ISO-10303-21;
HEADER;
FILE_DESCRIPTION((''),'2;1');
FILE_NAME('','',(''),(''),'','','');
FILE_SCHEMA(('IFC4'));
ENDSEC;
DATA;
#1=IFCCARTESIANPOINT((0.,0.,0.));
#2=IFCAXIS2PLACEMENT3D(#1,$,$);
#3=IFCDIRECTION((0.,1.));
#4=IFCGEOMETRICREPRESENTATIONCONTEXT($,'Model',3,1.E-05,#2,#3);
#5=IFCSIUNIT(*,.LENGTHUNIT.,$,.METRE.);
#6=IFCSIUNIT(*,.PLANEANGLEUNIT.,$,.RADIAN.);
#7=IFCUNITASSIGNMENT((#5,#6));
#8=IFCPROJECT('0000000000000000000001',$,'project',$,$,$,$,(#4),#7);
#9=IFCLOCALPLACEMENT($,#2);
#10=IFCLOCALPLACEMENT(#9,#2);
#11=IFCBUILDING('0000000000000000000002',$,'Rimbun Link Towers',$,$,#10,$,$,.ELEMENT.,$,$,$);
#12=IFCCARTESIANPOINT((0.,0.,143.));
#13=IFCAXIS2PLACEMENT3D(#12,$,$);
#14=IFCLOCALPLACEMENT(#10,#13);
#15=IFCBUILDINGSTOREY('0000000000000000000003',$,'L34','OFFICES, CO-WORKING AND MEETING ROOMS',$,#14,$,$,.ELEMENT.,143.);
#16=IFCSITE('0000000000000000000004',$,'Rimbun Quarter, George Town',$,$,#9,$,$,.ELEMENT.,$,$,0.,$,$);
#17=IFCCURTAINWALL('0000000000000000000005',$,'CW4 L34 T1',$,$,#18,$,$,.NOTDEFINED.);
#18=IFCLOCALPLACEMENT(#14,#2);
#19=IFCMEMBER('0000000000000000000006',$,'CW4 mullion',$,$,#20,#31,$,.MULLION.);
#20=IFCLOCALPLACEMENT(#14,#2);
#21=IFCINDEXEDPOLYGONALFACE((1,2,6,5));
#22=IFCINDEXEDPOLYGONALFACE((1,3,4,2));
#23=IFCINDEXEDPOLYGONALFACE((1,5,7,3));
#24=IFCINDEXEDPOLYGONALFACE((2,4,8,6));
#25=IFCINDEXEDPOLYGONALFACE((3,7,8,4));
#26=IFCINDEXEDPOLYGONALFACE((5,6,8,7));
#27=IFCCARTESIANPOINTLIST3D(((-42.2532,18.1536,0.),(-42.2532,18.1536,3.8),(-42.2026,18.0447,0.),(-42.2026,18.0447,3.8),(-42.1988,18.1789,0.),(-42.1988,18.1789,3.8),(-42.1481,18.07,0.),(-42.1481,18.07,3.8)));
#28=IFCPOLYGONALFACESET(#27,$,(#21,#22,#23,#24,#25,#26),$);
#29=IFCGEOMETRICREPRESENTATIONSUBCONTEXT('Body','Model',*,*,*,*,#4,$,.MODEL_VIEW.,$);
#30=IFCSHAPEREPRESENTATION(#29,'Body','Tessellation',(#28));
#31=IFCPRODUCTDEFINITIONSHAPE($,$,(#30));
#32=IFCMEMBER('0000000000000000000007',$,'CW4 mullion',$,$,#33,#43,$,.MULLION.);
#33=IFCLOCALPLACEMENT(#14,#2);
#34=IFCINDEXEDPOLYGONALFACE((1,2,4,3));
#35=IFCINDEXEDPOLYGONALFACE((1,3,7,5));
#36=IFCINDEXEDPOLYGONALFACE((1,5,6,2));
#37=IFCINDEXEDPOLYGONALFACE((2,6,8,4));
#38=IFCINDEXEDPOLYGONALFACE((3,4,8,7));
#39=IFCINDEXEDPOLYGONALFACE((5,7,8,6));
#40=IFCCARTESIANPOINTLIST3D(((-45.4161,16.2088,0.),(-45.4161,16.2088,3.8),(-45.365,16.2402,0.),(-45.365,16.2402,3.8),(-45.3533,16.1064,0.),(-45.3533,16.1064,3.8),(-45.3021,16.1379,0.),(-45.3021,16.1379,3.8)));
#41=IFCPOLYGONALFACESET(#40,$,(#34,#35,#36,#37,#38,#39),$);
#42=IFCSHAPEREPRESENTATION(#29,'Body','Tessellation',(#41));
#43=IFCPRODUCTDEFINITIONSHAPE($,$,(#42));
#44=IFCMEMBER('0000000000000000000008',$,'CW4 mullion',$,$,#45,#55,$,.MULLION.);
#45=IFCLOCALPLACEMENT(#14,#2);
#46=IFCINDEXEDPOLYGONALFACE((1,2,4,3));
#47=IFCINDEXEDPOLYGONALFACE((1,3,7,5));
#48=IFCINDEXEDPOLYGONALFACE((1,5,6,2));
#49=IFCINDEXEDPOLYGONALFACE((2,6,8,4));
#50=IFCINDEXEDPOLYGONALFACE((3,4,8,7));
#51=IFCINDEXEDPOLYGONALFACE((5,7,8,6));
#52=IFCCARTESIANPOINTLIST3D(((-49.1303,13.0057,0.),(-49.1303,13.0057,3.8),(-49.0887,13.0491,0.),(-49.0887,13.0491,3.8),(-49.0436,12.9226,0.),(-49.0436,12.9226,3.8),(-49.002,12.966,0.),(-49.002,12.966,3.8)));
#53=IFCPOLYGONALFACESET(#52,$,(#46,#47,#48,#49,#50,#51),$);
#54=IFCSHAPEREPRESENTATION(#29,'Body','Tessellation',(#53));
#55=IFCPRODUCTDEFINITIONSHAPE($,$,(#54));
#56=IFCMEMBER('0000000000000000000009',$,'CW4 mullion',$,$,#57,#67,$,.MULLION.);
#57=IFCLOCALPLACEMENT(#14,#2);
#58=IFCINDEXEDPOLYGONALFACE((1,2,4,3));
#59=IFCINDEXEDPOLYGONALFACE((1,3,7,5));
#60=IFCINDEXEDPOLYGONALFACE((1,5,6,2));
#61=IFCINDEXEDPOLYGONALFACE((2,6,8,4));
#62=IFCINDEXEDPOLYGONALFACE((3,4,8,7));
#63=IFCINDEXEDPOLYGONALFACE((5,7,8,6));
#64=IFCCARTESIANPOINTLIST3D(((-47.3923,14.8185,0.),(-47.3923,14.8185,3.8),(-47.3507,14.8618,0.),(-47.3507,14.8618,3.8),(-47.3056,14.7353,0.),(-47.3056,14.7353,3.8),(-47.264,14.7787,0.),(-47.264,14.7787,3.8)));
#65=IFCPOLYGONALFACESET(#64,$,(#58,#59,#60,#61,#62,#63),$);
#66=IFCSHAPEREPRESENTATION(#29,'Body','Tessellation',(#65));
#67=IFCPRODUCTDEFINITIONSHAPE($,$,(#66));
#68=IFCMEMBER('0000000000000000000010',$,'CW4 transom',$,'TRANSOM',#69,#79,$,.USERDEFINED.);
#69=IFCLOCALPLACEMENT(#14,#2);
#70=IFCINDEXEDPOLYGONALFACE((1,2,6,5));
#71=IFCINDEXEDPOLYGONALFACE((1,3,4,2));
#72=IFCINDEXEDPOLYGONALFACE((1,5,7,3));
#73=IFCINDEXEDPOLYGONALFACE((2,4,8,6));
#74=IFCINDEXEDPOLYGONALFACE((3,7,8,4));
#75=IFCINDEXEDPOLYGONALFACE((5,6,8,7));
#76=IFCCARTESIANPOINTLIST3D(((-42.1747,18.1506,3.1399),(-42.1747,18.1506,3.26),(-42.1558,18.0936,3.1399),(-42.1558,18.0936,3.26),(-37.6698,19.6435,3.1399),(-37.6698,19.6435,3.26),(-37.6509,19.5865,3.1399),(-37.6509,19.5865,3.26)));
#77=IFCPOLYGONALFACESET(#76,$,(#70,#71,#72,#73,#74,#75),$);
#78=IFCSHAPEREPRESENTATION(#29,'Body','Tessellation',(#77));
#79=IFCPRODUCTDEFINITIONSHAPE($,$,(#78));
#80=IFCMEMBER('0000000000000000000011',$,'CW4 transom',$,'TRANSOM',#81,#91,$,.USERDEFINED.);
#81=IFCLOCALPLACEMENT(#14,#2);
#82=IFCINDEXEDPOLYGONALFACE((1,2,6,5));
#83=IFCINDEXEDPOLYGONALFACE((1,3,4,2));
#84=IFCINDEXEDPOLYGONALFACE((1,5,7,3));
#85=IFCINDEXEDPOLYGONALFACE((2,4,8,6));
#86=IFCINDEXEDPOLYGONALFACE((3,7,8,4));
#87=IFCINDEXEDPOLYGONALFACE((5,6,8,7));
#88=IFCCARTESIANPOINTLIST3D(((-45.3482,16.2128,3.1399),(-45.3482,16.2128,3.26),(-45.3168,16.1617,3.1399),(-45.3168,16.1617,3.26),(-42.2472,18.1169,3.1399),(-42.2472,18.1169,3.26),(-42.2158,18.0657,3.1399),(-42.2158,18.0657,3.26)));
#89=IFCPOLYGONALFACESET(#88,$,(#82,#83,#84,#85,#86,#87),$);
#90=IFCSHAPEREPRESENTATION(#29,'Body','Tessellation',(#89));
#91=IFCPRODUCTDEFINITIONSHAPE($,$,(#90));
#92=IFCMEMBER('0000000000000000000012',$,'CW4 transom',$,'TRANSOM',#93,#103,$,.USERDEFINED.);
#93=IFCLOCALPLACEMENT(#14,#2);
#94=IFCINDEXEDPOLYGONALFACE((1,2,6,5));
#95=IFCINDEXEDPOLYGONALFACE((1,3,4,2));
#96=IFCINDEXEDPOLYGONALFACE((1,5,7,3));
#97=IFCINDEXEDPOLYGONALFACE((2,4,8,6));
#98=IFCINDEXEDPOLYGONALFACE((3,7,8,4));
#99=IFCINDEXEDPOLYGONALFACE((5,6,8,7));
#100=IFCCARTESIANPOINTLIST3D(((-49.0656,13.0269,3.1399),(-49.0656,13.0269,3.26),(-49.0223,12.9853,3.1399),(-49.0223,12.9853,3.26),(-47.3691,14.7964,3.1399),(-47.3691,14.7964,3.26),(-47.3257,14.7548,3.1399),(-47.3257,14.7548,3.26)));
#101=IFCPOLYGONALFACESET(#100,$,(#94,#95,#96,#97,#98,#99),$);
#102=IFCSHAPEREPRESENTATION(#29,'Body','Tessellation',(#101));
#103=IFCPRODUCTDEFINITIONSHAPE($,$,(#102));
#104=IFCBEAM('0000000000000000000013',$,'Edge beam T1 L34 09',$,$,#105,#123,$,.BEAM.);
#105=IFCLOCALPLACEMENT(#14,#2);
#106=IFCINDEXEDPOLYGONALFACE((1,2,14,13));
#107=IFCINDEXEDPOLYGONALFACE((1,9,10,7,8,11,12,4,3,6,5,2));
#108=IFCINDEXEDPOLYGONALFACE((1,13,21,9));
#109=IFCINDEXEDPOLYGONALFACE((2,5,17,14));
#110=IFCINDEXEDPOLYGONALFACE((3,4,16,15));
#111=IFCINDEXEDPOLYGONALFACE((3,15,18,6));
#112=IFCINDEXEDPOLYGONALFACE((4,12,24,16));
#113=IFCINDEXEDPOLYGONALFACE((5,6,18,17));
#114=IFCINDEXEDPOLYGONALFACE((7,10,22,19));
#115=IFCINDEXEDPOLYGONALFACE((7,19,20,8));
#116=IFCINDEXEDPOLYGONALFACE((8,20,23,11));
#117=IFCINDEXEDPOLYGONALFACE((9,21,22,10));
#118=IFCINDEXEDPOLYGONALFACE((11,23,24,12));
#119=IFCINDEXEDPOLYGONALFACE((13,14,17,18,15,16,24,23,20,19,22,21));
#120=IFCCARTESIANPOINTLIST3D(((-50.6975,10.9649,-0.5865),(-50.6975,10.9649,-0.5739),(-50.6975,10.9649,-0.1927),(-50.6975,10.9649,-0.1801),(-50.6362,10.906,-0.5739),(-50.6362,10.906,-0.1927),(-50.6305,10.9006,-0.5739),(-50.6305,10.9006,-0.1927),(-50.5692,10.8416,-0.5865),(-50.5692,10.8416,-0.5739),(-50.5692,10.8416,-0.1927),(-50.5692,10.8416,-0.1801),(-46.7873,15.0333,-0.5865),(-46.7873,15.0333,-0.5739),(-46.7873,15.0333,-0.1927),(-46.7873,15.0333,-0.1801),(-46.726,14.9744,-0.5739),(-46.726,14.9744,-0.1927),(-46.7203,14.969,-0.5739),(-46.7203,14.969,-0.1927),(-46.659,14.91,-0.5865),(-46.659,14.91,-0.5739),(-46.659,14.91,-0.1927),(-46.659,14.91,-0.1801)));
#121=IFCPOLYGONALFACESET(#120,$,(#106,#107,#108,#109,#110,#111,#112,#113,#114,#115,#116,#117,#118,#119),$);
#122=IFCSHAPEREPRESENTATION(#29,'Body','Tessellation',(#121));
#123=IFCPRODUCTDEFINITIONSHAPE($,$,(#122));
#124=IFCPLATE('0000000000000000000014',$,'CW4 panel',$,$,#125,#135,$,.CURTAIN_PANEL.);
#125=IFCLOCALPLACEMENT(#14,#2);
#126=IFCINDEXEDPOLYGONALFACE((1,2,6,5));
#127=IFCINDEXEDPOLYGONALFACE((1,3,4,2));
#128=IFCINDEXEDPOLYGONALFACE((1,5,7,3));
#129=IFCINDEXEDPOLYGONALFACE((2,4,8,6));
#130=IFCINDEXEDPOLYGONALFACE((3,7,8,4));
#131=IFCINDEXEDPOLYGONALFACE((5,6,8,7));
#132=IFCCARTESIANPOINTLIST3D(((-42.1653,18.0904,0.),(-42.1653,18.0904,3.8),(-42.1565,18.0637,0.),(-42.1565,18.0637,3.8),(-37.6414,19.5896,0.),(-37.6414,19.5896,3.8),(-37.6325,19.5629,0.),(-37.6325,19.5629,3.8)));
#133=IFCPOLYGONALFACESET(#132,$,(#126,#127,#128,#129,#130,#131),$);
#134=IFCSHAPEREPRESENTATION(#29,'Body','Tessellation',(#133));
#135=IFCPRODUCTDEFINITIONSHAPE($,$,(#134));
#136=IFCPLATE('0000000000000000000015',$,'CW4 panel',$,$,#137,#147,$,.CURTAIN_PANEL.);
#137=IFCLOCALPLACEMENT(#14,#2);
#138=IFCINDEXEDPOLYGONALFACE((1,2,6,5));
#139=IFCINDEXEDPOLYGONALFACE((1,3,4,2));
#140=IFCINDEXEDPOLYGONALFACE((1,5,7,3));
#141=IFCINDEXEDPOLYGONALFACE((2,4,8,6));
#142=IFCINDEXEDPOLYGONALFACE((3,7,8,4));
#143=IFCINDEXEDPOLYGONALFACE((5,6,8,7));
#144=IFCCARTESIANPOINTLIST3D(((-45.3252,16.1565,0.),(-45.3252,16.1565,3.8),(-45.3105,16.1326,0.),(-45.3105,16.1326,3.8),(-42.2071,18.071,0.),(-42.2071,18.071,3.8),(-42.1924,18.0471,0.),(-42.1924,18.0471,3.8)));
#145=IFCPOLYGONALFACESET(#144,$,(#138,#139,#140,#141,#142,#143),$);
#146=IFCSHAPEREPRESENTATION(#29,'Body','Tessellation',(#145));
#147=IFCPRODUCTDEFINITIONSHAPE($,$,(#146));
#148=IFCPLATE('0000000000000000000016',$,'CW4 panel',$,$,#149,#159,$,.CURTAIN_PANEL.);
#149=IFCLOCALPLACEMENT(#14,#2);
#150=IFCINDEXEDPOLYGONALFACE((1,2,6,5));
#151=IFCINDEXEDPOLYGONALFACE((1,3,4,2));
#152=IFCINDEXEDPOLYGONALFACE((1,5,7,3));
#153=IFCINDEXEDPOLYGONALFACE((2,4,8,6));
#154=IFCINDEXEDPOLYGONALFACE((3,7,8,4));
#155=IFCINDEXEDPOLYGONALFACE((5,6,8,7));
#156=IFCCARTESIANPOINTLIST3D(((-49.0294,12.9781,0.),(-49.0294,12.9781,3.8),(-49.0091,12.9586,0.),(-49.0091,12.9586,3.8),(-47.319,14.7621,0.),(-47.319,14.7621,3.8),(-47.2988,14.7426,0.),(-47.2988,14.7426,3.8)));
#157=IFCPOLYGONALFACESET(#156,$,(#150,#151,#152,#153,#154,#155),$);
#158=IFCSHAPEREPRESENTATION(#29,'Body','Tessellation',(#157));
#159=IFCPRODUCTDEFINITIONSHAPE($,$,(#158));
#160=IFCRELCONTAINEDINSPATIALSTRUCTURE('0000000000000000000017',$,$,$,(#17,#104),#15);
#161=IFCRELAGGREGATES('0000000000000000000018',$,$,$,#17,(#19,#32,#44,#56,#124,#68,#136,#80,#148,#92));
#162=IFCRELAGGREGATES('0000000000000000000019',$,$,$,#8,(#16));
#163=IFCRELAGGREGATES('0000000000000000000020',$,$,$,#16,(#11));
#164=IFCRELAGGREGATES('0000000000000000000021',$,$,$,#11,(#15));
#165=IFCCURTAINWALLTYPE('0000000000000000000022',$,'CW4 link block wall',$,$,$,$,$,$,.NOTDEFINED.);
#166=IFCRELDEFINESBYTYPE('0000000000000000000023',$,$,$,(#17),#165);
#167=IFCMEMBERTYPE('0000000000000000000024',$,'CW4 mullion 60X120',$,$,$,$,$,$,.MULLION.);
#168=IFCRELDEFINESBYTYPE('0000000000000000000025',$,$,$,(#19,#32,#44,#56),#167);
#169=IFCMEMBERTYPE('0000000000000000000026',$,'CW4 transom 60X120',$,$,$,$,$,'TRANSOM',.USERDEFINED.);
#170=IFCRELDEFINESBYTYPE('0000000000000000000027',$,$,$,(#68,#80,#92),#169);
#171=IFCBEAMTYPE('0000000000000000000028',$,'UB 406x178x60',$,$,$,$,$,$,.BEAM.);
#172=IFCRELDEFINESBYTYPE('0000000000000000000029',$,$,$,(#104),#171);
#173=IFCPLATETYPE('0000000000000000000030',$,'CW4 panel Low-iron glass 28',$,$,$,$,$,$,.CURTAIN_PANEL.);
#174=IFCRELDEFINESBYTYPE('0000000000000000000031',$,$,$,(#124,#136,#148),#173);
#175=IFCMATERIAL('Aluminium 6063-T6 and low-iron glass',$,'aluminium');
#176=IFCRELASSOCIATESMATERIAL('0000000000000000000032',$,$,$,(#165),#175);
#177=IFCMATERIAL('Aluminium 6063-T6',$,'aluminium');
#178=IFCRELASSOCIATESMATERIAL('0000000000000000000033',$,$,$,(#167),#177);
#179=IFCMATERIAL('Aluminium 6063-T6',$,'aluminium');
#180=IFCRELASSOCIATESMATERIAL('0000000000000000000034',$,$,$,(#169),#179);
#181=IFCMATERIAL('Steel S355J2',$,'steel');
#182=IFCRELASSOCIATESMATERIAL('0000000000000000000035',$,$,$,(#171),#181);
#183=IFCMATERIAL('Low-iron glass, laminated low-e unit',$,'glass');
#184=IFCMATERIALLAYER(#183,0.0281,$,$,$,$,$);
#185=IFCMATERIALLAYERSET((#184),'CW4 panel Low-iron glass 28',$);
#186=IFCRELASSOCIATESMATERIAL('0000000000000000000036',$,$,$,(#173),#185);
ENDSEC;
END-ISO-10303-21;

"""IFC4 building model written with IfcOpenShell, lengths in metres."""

from ifc_helpers import new_model, si_unit, direction, frame, origin, origin_2d, place, context, subcontext, project, spatial, rectangle, i_section, extrude, material, layer, layer_set, material_profile, profile_set, type_object, element, aggregate, save


model = new_model("IFC4")

# Units and contexts
model_context = context("Model", 3, precision=1e-05, world=origin(), true_north=direction((0.0, 1.0)))
body_context = subcontext(model_context, "Body", "Model", "MODEL_VIEW")
ifc_project = project(units=[si_unit("LENGTHUNIT", "METRE"), si_unit("PLANEANGLEUNIT", "RADIAN")], contexts=[model_context])

# Site, building, storey
site_placement = place(None, origin())
site = spatial("IfcSite", under=ifc_project, at=site_placement, Name="Rimbun Quarter, George Town", CompositionType="ELEMENT", RefElevation=0.0)
building_placement = place(site_placement, origin())
building = spatial("IfcBuilding", under=site, at=building_placement, Name="Rimbun Link Towers", CompositionType="ELEMENT")
storey_placement = place(building_placement, frame((0.0, 0.0, 143.0)))
storey = spatial("IfcBuildingStorey", under=building, at=storey_placement, Name="L34", Description="OFFICES, CO-WORKING AND MEETING ROOMS", CompositionType="ELEMENT", Elevation=143.0)

# Curtain wall, members
ifc_material_1 = material(Name="Aluminium 6063-T6 and low-iron glass", Category="aluminium")
curtain_wall_type = type_object("IfcCurtainWallType", Name="CW4 link block wall", PredefinedType="NOTDEFINED", material=ifc_material_1)
curtain_wall_placement = place(storey_placement, origin())
curtain_wall = element("IfcCurtainWall", 1, at=curtain_wall_placement, inside=storey, type_object=curtain_wall_type, Name="CW4 L34 T1", PredefinedType="NOTDEFINED")
ifc_material_2 = material(Name="Aluminium 6063-T6", Category="aluminium")
ifc_material_profile_1 = material_profile(ifc_material_2, rectangle(XDim=0.1201, YDim=0.0601, at=origin_2d()), Name="MULLION 60X120")
ifc_profile_set_1 = profile_set([ifc_material_profile_1], Name="Aluminium 6063-T6")
member_type_1 = type_object("IfcMemberType", Name="CW4 mullion 60X120", PredefinedType="MULLION", material=ifc_profile_set_1)
member_1_placement = place(storey_placement, frame((-42.2007, 18.1118, 0.0), z_axis=(0.0, 0.0, 1.0), x_axis=(-0.421697, 0.906737, 0.0)))
member_1 = element("IfcMember", 2, at=member_1_placement, type_object=member_type_1, Name="CW4 mullion", PredefinedType="MULLION", context=body_context, shape_type="SweptSolid", body=[
    extrude(rectangle(XDim=0.1201, YDim=0.0601, at=origin_2d()), origin(), (0.0, 0.0, 1.0), 3.8),
])
member_2_placement = place(storey_placement, frame((-45.3591, 16.1733, 0.0), z_axis=(0.0, 0.0, 1.0), x_axis=(-0.523225, 0.852194, 0.0)))
member_2 = element("IfcMember", 3, at=member_2_placement, type_object=member_type_1, Name="CW4 mullion", PredefinedType="MULLION", context=body_context, shape_type="SweptSolid", body=[
    extrude(rectangle(XDim=0.1201, YDim=0.0601, at=origin_2d()), origin(), (0.0, 0.0, 1.0), 3.8),
])
member_3_placement = place(storey_placement, frame((-49.0662, 12.9858, 0.0), z_axis=(0.0, 0.0, 1.0), x_axis=(-0.721858, 0.692041, 0.0)))
member_3 = element("IfcMember", 4, at=member_3_placement, type_object=member_type_1, Name="CW4 mullion", PredefinedType="MULLION", context=body_context, shape_type="SweptSolid", body=[
    extrude(rectangle(XDim=0.1201, YDim=0.0601, at=origin_2d()), origin(), (0.0, 0.0, 1.0), 3.8),
])
member_4_placement = place(storey_placement, frame((-47.3281, 14.7986, 0.0), z_axis=(0.0, 0.0, 1.0), x_axis=(-0.721858, 0.692041, 0.0)))
member_4 = element("IfcMember", 5, at=member_4_placement, type_object=member_type_1, Name="CW4 mullion", PredefinedType="MULLION", context=body_context, shape_type="SweptSolid", body=[
    extrude(rectangle(XDim=0.1201, YDim=0.0601, at=origin_2d()), origin(), (0.0, 0.0, 1.0), 3.8),
])
ifc_material_3 = material(Name="Aluminium 6063-T6", Category="aluminium")
ifc_material_profile_2 = material_profile(ifc_material_3, rectangle(XDim=0.0601, YDim=0.1201, at=origin_2d()), Name="TRANSOM 60X120")
ifc_profile_set_2 = profile_set([ifc_material_profile_2], Name="Aluminium 6063-T6")
member_type_2 = type_object("IfcMemberType", Name="CW4 transom 60X120", ElementType="TRANSOM", PredefinedType="USERDEFINED", material=ifc_profile_set_2)
member_5_placement = place(storey_placement, frame((-42.1653, 18.1221, 3.2), z_axis=(0.949232, 0.314576, 0.0), x_axis=(-0.314576, 0.949232, 0.0)))
member_5 = element("IfcMember", 6, at=member_5_placement, type_object=member_type_2, Name="CW4 transom", ObjectType="TRANSOM", PredefinedType="USERDEFINED", context=body_context, shape_type="SweptSolid", body=[
    extrude(rectangle(XDim=0.0601, YDim=0.1201, at=origin_2d()), origin(), (0.0, 0.0, 1.0), 4.7458),
])
member_6_placement = place(storey_placement, frame((-45.3325, 16.1873, 3.2), z_axis=(0.852185, 0.52324, 0.0), x_axis=(-0.52324, 0.852185, 0.0)))
member_6 = element("IfcMember", 7, at=member_6_placement, type_object=member_type_2, Name="CW4 transom", ObjectType="TRANSOM", PredefinedType="USERDEFINED", context=body_context, shape_type="SweptSolid", body=[
    extrude(rectangle(XDim=0.0601, YDim=0.1201, at=origin_2d()), origin(), (0.0, 0.0, 1.0), 3.6389),
])
member_7_placement = place(storey_placement, frame((-49.0439, 13.0061, 3.2), z_axis=(0.692061, 0.721839, 0.0), x_axis=(-0.721839, 0.692061, 0.0)))
member_7 = element("IfcMember", 8, at=member_7_placement, type_object=member_type_2, Name="CW4 transom", ObjectType="TRANSOM", PredefinedType="USERDEFINED", context=body_context, shape_type="SweptSolid", body=[
    extrude(rectangle(XDim=0.0601, YDim=0.1201, at=origin_2d()), origin(), (0.0, 0.0, 1.0), 2.4514),
])

# Beam
ifc_material_4 = material(Name="Steel S355J2", Category="steel")
ifc_material_profile_3 = material_profile(ifc_material_4, i_section(OverallWidth=0.178, OverallDepth=0.4065, WebThickness=0.0078, FlangeThickness=0.0127, at=origin_2d()), Name="UB 406x178x60")
ifc_profile_set_3 = profile_set([ifc_material_profile_3], Name="Steel S355J2")
beam_type = type_object("IfcBeamType", Name="UB 406x178x60", PredefinedType="BEAM", material=ifc_profile_set_3)
beam_placement = place(storey_placement, frame((-46.7231, 14.9717, -0.3833), z_axis=(-0.69295, -0.720986, 0.0), x_axis=(0.720986, -0.69295, 0.0)))
element("IfcBeam", 9, at=beam_placement, inside=storey, type_object=beam_type, Name="Edge beam T1 L34 09", PredefinedType="BEAM", context=body_context, shape_type="SweptSolid", body=[
    extrude(i_section(OverallWidth=0.178, OverallDepth=0.4065, WebThickness=0.0078, FlangeThickness=0.0127, at=origin_2d()), origin(), (0.0, 0.0, 1.0), 5.6428),
])

# Plates
ifc_material_5 = material(Name="Low-iron glass, laminated low-e unit", Category="glass")
ifc_layer_1 = layer(ifc_material_5, 0.0281)
ifc_layer_set_1 = layer_set([ifc_layer_1], Name="CW4 panel Low-iron glass 28")
plate_type = type_object("IfcPlateType", Name="CW4 panel Low-iron glass 28", PredefinedType="CURTAIN_PANEL", material=ifc_layer_set_1)
plate_1_placement = place(storey_placement, frame((-39.8989, 18.8267, 0.0), z_axis=(0.0, 0.0, 1.0), x_axis=(0.949235, 0.314568, 0.0)))
plate_1 = element("IfcPlate", 10, at=plate_1_placement, type_object=plate_type, Name="CW4 panel", PredefinedType="CURTAIN_PANEL", context=body_context, shape_type="SweptSolid", body=[
    extrude(rectangle(XDim=4.7659, YDim=0.0281, at=origin_2d()), origin(), (0.0, 0.0, 1.0), 3.8),
])
plate_2_placement = place(storey_placement, frame((-43.7588, 17.1018, 0.0), z_axis=(0.0, 0.0, 1.0), x_axis=(0.852194, 0.523225, 0.0)))
plate_2 = element("IfcPlate", 11, at=plate_2_placement, type_object=plate_type, Name="CW4 panel", PredefinedType="CURTAIN_PANEL", context=body_context, shape_type="SweptSolid", body=[
    extrude(rectangle(XDim=3.6589, YDim=0.0281, at=origin_2d()), origin(), (0.0, 0.0, 1.0), 3.8),
])
plate_3_placement = place(storey_placement, frame((-48.1641, 13.8604, 0.0), z_axis=(0.0, 0.0, 1.0), x_axis=(0.692041, 0.721858, 0.0)))
plate_3 = element("IfcPlate", 12, at=plate_3_placement, type_object=plate_type, Name="CW4 panel", PredefinedType="CURTAIN_PANEL", context=body_context, shape_type="SweptSolid", body=[
    extrude(rectangle(XDim=2.4714, YDim=0.0281, at=origin_2d()), origin(), (0.0, 0.0, 1.0), 3.8),
])
aggregate(curtain_wall, [member_1, member_2, member_3, member_4, plate_1, member_5, plate_2, member_6, plate_3, member_7])

save(model, "model.ifc")
